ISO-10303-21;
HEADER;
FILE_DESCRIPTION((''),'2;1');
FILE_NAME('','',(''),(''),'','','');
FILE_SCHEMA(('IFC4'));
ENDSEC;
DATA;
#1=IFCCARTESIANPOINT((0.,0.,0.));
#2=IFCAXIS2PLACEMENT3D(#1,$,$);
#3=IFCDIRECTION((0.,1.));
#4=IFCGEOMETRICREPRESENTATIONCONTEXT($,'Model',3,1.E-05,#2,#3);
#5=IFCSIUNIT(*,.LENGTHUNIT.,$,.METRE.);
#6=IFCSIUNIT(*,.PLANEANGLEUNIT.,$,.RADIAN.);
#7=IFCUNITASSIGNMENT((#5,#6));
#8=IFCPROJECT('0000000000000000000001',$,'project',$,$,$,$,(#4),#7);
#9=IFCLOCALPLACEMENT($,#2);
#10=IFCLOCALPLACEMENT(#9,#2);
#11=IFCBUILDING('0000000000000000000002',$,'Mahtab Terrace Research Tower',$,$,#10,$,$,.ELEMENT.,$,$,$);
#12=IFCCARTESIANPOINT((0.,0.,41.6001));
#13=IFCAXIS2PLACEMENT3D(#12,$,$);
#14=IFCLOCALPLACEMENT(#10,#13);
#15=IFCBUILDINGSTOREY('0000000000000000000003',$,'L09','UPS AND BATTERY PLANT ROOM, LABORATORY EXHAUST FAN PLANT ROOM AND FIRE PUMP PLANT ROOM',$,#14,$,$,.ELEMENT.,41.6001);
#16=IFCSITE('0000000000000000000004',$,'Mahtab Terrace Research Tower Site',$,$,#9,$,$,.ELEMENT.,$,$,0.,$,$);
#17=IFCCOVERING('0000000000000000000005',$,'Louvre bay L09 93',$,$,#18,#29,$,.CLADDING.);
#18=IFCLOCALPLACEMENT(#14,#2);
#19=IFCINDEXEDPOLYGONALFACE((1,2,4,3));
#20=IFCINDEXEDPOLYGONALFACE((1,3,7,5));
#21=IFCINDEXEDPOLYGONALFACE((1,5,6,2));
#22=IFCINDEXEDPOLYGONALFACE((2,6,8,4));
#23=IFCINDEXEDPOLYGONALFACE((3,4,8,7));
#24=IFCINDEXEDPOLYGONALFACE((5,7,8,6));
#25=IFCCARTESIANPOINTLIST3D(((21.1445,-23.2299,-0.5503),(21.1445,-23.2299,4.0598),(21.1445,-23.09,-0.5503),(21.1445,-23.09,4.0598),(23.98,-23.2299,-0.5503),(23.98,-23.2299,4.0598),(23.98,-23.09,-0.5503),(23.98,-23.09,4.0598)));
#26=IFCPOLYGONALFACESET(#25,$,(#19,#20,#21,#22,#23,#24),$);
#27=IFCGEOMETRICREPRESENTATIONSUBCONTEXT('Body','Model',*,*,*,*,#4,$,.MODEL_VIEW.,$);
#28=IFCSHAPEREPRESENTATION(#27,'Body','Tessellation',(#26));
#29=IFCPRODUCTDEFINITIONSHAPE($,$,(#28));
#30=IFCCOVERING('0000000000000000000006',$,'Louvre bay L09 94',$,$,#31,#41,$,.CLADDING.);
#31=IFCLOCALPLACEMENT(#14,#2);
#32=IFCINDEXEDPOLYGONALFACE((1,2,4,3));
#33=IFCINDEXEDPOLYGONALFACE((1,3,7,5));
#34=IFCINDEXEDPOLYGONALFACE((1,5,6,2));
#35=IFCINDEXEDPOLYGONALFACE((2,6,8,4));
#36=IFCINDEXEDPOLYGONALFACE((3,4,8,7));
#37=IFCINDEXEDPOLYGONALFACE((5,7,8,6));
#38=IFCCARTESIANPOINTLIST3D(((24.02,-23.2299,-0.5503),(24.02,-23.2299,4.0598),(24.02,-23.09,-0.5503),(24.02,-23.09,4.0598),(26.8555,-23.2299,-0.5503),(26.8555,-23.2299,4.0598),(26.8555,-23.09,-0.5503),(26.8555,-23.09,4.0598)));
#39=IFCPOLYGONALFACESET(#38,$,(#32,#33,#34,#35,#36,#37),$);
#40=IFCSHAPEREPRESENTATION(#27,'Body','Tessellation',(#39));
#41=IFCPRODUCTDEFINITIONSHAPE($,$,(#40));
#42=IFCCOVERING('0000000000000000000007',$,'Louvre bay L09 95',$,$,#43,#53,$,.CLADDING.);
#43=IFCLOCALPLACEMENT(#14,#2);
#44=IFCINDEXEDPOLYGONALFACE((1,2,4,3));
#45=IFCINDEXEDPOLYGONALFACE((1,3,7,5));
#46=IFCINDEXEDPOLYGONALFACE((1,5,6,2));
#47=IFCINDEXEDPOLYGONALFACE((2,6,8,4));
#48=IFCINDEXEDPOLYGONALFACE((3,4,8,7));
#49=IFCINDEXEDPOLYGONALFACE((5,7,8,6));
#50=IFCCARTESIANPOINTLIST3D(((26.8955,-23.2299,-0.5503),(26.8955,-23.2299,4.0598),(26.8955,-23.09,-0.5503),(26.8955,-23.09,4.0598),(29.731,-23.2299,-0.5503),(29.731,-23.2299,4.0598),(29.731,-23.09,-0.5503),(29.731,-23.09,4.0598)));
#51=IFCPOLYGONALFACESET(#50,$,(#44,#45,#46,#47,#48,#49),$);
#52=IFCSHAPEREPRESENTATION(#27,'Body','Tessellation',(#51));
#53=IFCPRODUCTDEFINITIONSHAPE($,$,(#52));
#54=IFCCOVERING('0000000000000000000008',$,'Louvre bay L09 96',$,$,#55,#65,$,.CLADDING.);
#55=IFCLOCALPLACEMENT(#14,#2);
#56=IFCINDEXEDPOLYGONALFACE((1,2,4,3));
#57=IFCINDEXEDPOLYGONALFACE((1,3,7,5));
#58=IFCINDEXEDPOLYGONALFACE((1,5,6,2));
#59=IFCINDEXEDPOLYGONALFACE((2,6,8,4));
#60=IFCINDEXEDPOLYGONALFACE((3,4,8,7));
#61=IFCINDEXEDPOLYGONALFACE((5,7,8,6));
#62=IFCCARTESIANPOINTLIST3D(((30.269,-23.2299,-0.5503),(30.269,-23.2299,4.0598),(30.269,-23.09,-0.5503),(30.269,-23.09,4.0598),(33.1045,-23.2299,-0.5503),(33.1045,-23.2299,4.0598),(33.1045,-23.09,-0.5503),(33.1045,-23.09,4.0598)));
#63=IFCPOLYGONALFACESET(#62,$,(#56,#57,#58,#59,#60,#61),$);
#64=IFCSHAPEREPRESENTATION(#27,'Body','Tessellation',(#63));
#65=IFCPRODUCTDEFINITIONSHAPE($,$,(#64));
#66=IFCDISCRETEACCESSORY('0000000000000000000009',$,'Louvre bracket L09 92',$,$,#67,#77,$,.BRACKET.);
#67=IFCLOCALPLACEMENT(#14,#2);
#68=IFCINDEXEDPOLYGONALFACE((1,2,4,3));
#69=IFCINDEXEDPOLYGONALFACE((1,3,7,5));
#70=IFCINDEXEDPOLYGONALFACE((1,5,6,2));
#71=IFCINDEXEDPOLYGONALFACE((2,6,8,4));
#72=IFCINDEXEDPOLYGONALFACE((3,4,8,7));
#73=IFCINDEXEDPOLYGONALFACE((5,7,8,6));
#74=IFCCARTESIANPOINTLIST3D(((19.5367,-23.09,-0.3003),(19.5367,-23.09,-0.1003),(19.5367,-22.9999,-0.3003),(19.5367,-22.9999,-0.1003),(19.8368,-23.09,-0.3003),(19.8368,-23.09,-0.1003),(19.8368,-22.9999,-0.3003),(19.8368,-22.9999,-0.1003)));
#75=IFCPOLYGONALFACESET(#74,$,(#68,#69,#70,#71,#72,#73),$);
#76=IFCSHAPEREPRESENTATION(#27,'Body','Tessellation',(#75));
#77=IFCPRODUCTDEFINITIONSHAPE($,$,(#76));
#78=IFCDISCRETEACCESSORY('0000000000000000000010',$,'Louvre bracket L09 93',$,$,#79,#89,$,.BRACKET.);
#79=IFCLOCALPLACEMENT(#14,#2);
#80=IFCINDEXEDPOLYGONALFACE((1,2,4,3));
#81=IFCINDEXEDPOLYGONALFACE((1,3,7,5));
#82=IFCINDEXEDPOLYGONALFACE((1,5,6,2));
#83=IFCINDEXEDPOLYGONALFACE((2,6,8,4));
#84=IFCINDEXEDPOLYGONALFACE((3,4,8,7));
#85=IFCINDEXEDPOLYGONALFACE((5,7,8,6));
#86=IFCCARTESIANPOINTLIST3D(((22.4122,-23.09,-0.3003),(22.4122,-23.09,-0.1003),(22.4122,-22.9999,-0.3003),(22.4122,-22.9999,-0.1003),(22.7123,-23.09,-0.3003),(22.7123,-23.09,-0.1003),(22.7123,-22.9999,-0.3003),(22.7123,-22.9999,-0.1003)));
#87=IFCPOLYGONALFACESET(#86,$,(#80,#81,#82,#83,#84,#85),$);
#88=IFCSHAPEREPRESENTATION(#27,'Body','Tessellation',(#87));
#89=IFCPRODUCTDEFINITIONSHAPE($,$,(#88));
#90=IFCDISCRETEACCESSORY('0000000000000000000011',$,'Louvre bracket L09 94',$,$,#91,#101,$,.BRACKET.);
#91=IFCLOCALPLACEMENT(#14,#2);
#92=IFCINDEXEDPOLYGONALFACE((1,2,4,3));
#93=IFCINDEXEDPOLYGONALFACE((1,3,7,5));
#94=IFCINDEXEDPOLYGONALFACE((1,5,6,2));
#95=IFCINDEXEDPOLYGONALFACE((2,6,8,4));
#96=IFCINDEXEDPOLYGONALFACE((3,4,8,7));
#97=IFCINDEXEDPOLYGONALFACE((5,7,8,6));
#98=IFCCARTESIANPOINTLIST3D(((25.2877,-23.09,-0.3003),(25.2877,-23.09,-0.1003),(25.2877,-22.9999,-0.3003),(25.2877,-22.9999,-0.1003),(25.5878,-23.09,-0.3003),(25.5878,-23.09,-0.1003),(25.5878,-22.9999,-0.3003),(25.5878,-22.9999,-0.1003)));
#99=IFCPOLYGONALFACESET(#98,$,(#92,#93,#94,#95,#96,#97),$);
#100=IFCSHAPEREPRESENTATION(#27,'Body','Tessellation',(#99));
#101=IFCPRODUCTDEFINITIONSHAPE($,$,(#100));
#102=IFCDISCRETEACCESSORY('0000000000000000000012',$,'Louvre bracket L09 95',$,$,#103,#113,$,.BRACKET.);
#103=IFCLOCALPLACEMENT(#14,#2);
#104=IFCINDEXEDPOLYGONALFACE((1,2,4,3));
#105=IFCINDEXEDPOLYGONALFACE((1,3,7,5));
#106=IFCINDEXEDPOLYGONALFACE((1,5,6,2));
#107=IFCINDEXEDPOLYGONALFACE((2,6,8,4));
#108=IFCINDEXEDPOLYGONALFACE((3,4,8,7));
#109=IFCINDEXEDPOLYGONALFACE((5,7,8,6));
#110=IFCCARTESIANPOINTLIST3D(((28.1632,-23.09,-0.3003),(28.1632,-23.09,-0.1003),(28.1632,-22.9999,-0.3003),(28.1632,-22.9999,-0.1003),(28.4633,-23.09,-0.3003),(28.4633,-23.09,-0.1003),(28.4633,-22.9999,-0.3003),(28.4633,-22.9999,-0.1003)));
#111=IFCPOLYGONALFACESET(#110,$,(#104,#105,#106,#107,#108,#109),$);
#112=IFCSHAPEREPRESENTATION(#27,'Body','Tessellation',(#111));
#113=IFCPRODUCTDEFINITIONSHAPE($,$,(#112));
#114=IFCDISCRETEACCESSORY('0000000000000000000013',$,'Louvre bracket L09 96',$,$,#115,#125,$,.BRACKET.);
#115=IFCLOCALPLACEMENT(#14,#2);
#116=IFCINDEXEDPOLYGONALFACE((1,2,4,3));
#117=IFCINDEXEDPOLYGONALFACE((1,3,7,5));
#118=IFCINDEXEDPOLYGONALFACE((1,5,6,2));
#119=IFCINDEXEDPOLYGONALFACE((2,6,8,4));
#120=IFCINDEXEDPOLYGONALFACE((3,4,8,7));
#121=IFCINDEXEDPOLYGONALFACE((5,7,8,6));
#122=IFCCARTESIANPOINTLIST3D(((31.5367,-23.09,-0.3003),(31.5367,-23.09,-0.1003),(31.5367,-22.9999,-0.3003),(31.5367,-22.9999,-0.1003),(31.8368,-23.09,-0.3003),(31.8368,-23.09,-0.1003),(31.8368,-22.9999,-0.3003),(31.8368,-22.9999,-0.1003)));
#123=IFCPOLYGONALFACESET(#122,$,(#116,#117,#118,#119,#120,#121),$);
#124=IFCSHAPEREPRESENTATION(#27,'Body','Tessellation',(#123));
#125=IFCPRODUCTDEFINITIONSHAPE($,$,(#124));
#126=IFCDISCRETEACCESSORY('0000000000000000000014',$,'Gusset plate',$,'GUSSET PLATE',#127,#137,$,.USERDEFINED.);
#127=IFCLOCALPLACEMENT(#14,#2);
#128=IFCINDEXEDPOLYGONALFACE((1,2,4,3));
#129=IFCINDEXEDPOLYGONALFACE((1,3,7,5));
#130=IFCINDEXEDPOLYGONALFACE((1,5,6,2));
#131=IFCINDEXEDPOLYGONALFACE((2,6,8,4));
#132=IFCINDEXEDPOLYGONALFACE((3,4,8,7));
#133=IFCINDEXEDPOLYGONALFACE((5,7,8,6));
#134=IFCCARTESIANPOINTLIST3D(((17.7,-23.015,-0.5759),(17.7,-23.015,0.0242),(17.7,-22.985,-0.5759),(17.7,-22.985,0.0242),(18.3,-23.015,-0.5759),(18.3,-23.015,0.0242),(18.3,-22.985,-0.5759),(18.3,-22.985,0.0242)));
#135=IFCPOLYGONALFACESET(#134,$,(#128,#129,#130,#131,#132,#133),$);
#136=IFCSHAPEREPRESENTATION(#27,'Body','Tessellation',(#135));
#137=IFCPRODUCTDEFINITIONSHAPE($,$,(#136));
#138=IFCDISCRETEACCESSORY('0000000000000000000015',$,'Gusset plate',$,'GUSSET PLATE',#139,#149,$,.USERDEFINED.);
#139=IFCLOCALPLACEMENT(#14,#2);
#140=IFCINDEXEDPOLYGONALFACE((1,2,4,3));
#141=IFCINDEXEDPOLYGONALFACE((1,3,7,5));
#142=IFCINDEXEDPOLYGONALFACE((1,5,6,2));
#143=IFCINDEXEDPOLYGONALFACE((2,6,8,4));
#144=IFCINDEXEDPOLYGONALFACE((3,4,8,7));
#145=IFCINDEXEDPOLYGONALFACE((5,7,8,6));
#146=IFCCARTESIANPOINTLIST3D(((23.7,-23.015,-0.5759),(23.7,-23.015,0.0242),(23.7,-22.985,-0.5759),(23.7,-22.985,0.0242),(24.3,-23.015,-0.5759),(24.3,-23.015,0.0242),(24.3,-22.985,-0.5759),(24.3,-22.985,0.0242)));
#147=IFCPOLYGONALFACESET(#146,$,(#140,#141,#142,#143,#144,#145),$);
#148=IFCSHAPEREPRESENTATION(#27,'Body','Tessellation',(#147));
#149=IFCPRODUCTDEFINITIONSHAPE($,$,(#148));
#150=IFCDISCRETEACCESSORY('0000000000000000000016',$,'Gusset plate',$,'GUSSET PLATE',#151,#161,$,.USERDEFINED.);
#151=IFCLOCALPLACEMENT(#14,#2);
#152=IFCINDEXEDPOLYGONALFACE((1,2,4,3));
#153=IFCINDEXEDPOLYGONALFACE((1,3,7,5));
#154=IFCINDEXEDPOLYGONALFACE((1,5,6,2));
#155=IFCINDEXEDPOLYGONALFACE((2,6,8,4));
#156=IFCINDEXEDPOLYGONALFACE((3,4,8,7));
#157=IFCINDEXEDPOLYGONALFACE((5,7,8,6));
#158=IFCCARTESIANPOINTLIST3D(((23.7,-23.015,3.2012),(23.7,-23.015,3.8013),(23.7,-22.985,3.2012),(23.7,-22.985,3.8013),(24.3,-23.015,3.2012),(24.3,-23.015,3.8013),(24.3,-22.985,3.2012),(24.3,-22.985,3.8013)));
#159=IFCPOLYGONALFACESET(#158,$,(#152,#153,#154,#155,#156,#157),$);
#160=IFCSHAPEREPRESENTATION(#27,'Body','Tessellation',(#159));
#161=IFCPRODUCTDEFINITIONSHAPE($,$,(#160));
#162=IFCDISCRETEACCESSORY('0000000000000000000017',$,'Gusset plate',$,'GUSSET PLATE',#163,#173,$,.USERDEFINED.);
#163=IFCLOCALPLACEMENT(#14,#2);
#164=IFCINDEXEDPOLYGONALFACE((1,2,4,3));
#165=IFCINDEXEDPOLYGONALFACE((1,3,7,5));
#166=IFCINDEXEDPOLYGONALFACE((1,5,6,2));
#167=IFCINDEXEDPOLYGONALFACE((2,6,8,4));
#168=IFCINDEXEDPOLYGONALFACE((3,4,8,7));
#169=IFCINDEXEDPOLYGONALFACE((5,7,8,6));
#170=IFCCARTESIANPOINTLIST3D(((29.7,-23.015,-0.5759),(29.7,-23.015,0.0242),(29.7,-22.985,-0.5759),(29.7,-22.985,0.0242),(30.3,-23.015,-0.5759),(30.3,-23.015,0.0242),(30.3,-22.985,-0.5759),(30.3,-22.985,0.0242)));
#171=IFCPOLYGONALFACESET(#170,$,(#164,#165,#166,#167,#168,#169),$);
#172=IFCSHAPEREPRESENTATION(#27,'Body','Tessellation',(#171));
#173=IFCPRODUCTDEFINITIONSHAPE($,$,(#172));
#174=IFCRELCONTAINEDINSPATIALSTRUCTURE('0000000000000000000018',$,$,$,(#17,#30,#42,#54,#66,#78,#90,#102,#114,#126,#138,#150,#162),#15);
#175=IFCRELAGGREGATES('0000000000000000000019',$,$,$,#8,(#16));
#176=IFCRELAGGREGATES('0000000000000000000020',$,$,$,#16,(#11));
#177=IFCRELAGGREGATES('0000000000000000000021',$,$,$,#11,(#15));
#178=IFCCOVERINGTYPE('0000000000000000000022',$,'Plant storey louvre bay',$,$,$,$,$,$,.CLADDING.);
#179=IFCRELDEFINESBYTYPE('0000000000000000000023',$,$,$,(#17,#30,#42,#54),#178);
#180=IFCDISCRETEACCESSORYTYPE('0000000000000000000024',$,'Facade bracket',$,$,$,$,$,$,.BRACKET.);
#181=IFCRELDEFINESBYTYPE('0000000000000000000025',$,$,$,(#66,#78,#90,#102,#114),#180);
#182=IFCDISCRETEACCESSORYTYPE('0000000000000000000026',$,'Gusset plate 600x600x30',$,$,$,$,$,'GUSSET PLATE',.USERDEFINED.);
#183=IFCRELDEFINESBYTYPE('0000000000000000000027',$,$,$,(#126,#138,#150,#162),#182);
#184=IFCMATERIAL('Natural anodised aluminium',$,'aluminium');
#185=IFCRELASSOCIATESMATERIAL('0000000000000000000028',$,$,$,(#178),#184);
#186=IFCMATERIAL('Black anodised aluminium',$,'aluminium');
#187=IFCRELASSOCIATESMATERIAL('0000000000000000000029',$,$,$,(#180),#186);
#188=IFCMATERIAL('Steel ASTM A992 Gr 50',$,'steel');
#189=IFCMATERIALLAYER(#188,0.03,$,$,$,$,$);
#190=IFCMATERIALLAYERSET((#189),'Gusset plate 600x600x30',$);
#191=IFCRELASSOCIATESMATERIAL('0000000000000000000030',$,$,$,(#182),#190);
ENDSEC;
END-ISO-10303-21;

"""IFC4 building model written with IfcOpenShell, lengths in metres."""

from ifc_helpers import new_model, si_unit, direction, frame, origin, origin_2d, place, context, subcontext, project, spatial, rectangle, extrude, material, layer, layer_set, type_object, element, save


model = new_model("IFC4")

# Units and contexts
model_context = context("Model", 3, precision=1e-05, world=origin(), true_north=direction((0.0, 1.0)))
body_context = subcontext(model_context, "Body", "Model", "MODEL_VIEW")
ifc_project = project(units=[si_unit("LENGTHUNIT", "METRE"), si_unit("PLANEANGLEUNIT", "RADIAN")], contexts=[model_context])

# Site, building, storey
site_placement = place(None, origin())
site = spatial("IfcSite", under=ifc_project, at=site_placement, Name="Mahtab Terrace Research Tower Site", CompositionType="ELEMENT", RefElevation=0.0)
building_placement = place(site_placement, origin())
building = spatial("IfcBuilding", under=site, at=building_placement, Name="Mahtab Terrace Research Tower", CompositionType="ELEMENT")
storey_placement = place(building_placement, frame((0.0, 0.0, 41.6001)))
storey = spatial("IfcBuildingStorey", under=building, at=storey_placement, Name="L09", Description="UPS AND BATTERY PLANT ROOM, LABORATORY EXHAUST FAN PLANT ROOM AND FIRE PUMP PLANT ROOM", CompositionType="ELEMENT", Elevation=41.6001)

# Shared definitions
ifc_material_1 = material(Name="Steel ASTM A992 Gr 50", Category="steel")

# Coverings
ifc_material_2 = material(Name="Natural anodised aluminium", Category="aluminium")
covering_type = type_object("IfcCoveringType", Name="Plant storey louvre bay", PredefinedType="CLADDING", material=ifc_material_2)
for number, where, z_axis, x_axis, name in (
    (1, (22.5623, -23.1599, -0.5503), (0.0, 0.0, 1.0), (1.0, 0.0, 0.0), "Louvre bay L09 93"),
    (2, (25.4377, -23.1599, -0.5503), (0.0, 0.0, 1.0), (1.0, 0.0, 0.0), "Louvre bay L09 94"),
    (3, (28.3132, -23.1599, -0.5503), (0.0, 0.0, 1.0), (1.0, 0.0, 0.0), "Louvre bay L09 95"),
    (4, (31.6868, -23.1599, -0.5503), (0.0, 0.0, 1.0), (1.0, 0.0, 0.0), "Louvre bay L09 96"),
):
    element("IfcCovering", number, at=place(storey_placement, frame(where, z_axis=z_axis, x_axis=x_axis)), inside=storey, type_object=covering_type, Name=name, PredefinedType="CLADDING", context=body_context, shape_type="SweptSolid", body=[
        extrude(rectangle(XDim=2.8354, YDim=0.1399, at=origin_2d()), origin(), (0.0, 0.0, 1.0), 4.6101),
    ])

# Discrete accessories
ifc_material_3 = material(Name="Black anodised aluminium", Category="aluminium")
discrete_accessory_type_1 = type_object("IfcDiscreteAccessoryType", Name="Facade bracket", PredefinedType="BRACKET", material=ifc_material_3)
for number, where, z_axis, x_axis, name in (
    (5, (19.6868, -23.0449, -0.3003), (0.0, 0.0, 1.0), (1.0, 0.0, 0.0), "Louvre bracket L09 92"),
    (6, (22.5623, -23.0449, -0.3003), (0.0, 0.0, 1.0), (1.0, 0.0, 0.0), "Louvre bracket L09 93"),
    (7, (25.4377, -23.0449, -0.3003), (0.0, 0.0, 1.0), (1.0, 0.0, 0.0), "Louvre bracket L09 94"),
    (8, (28.3132, -23.0449, -0.3003), (0.0, 0.0, 1.0), (1.0, 0.0, 0.0), "Louvre bracket L09 95"),
    (9, (31.6868, -23.0449, -0.3003), (0.0, 0.0, 1.0), (1.0, 0.0, 0.0), "Louvre bracket L09 96"),
):
    element("IfcDiscreteAccessory", number, at=place(storey_placement, frame(where, z_axis=z_axis, x_axis=x_axis)), inside=storey, type_object=discrete_accessory_type_1, Name=name, PredefinedType="BRACKET", context=body_context, shape_type="SweptSolid", body=[
        extrude(rectangle(XDim=0.3, YDim=0.0901, at=origin_2d()), origin(), (0.0, 0.0, 1.0), 0.2),
    ])
ifc_layer_1 = layer(ifc_material_1, 0.03)
ifc_layer_set_1 = layer_set([ifc_layer_1], Name="Gusset plate 600x600x30")
discrete_accessory_type_2 = type_object("IfcDiscreteAccessoryType", Name="Gusset plate 600x600x30", ElementType="GUSSET PLATE", PredefinedType="USERDEFINED", material=ifc_layer_set_1)
for number, where, z_axis, x_axis, name in (
    (10, (18.0, -23.0, -0.5759), (0.0, 0.0, 1.0), (1.0, 0.0, 0.0), "Gusset plate"),
    (11, (24.0, -23.0, -0.5759), (0.0, 0.0, 1.0), (1.0, 0.0, 0.0), "Gusset plate"),
    (12, (24.0, -23.0, 3.2012), (0.0, 0.0, 1.0), (1.0, 0.0, 0.0), "Gusset plate"),
    (13, (30.0, -23.0, -0.5759), (0.0, 0.0, 1.0), (1.0, 0.0, 0.0), "Gusset plate"),
):
    element("IfcDiscreteAccessory", number, at=place(storey_placement, frame(where, z_axis=z_axis, x_axis=x_axis)), inside=storey, type_object=discrete_accessory_type_2, Name=name, ObjectType="GUSSET PLATE", PredefinedType="USERDEFINED", context=body_context, shape_type="SweptSolid", body=[
        extrude(rectangle(XDim=0.6001, YDim=0.03, at=origin_2d()), origin(), (0.0, 0.0, 1.0), 0.6001),
    ])

save(model, "model.ifc")
